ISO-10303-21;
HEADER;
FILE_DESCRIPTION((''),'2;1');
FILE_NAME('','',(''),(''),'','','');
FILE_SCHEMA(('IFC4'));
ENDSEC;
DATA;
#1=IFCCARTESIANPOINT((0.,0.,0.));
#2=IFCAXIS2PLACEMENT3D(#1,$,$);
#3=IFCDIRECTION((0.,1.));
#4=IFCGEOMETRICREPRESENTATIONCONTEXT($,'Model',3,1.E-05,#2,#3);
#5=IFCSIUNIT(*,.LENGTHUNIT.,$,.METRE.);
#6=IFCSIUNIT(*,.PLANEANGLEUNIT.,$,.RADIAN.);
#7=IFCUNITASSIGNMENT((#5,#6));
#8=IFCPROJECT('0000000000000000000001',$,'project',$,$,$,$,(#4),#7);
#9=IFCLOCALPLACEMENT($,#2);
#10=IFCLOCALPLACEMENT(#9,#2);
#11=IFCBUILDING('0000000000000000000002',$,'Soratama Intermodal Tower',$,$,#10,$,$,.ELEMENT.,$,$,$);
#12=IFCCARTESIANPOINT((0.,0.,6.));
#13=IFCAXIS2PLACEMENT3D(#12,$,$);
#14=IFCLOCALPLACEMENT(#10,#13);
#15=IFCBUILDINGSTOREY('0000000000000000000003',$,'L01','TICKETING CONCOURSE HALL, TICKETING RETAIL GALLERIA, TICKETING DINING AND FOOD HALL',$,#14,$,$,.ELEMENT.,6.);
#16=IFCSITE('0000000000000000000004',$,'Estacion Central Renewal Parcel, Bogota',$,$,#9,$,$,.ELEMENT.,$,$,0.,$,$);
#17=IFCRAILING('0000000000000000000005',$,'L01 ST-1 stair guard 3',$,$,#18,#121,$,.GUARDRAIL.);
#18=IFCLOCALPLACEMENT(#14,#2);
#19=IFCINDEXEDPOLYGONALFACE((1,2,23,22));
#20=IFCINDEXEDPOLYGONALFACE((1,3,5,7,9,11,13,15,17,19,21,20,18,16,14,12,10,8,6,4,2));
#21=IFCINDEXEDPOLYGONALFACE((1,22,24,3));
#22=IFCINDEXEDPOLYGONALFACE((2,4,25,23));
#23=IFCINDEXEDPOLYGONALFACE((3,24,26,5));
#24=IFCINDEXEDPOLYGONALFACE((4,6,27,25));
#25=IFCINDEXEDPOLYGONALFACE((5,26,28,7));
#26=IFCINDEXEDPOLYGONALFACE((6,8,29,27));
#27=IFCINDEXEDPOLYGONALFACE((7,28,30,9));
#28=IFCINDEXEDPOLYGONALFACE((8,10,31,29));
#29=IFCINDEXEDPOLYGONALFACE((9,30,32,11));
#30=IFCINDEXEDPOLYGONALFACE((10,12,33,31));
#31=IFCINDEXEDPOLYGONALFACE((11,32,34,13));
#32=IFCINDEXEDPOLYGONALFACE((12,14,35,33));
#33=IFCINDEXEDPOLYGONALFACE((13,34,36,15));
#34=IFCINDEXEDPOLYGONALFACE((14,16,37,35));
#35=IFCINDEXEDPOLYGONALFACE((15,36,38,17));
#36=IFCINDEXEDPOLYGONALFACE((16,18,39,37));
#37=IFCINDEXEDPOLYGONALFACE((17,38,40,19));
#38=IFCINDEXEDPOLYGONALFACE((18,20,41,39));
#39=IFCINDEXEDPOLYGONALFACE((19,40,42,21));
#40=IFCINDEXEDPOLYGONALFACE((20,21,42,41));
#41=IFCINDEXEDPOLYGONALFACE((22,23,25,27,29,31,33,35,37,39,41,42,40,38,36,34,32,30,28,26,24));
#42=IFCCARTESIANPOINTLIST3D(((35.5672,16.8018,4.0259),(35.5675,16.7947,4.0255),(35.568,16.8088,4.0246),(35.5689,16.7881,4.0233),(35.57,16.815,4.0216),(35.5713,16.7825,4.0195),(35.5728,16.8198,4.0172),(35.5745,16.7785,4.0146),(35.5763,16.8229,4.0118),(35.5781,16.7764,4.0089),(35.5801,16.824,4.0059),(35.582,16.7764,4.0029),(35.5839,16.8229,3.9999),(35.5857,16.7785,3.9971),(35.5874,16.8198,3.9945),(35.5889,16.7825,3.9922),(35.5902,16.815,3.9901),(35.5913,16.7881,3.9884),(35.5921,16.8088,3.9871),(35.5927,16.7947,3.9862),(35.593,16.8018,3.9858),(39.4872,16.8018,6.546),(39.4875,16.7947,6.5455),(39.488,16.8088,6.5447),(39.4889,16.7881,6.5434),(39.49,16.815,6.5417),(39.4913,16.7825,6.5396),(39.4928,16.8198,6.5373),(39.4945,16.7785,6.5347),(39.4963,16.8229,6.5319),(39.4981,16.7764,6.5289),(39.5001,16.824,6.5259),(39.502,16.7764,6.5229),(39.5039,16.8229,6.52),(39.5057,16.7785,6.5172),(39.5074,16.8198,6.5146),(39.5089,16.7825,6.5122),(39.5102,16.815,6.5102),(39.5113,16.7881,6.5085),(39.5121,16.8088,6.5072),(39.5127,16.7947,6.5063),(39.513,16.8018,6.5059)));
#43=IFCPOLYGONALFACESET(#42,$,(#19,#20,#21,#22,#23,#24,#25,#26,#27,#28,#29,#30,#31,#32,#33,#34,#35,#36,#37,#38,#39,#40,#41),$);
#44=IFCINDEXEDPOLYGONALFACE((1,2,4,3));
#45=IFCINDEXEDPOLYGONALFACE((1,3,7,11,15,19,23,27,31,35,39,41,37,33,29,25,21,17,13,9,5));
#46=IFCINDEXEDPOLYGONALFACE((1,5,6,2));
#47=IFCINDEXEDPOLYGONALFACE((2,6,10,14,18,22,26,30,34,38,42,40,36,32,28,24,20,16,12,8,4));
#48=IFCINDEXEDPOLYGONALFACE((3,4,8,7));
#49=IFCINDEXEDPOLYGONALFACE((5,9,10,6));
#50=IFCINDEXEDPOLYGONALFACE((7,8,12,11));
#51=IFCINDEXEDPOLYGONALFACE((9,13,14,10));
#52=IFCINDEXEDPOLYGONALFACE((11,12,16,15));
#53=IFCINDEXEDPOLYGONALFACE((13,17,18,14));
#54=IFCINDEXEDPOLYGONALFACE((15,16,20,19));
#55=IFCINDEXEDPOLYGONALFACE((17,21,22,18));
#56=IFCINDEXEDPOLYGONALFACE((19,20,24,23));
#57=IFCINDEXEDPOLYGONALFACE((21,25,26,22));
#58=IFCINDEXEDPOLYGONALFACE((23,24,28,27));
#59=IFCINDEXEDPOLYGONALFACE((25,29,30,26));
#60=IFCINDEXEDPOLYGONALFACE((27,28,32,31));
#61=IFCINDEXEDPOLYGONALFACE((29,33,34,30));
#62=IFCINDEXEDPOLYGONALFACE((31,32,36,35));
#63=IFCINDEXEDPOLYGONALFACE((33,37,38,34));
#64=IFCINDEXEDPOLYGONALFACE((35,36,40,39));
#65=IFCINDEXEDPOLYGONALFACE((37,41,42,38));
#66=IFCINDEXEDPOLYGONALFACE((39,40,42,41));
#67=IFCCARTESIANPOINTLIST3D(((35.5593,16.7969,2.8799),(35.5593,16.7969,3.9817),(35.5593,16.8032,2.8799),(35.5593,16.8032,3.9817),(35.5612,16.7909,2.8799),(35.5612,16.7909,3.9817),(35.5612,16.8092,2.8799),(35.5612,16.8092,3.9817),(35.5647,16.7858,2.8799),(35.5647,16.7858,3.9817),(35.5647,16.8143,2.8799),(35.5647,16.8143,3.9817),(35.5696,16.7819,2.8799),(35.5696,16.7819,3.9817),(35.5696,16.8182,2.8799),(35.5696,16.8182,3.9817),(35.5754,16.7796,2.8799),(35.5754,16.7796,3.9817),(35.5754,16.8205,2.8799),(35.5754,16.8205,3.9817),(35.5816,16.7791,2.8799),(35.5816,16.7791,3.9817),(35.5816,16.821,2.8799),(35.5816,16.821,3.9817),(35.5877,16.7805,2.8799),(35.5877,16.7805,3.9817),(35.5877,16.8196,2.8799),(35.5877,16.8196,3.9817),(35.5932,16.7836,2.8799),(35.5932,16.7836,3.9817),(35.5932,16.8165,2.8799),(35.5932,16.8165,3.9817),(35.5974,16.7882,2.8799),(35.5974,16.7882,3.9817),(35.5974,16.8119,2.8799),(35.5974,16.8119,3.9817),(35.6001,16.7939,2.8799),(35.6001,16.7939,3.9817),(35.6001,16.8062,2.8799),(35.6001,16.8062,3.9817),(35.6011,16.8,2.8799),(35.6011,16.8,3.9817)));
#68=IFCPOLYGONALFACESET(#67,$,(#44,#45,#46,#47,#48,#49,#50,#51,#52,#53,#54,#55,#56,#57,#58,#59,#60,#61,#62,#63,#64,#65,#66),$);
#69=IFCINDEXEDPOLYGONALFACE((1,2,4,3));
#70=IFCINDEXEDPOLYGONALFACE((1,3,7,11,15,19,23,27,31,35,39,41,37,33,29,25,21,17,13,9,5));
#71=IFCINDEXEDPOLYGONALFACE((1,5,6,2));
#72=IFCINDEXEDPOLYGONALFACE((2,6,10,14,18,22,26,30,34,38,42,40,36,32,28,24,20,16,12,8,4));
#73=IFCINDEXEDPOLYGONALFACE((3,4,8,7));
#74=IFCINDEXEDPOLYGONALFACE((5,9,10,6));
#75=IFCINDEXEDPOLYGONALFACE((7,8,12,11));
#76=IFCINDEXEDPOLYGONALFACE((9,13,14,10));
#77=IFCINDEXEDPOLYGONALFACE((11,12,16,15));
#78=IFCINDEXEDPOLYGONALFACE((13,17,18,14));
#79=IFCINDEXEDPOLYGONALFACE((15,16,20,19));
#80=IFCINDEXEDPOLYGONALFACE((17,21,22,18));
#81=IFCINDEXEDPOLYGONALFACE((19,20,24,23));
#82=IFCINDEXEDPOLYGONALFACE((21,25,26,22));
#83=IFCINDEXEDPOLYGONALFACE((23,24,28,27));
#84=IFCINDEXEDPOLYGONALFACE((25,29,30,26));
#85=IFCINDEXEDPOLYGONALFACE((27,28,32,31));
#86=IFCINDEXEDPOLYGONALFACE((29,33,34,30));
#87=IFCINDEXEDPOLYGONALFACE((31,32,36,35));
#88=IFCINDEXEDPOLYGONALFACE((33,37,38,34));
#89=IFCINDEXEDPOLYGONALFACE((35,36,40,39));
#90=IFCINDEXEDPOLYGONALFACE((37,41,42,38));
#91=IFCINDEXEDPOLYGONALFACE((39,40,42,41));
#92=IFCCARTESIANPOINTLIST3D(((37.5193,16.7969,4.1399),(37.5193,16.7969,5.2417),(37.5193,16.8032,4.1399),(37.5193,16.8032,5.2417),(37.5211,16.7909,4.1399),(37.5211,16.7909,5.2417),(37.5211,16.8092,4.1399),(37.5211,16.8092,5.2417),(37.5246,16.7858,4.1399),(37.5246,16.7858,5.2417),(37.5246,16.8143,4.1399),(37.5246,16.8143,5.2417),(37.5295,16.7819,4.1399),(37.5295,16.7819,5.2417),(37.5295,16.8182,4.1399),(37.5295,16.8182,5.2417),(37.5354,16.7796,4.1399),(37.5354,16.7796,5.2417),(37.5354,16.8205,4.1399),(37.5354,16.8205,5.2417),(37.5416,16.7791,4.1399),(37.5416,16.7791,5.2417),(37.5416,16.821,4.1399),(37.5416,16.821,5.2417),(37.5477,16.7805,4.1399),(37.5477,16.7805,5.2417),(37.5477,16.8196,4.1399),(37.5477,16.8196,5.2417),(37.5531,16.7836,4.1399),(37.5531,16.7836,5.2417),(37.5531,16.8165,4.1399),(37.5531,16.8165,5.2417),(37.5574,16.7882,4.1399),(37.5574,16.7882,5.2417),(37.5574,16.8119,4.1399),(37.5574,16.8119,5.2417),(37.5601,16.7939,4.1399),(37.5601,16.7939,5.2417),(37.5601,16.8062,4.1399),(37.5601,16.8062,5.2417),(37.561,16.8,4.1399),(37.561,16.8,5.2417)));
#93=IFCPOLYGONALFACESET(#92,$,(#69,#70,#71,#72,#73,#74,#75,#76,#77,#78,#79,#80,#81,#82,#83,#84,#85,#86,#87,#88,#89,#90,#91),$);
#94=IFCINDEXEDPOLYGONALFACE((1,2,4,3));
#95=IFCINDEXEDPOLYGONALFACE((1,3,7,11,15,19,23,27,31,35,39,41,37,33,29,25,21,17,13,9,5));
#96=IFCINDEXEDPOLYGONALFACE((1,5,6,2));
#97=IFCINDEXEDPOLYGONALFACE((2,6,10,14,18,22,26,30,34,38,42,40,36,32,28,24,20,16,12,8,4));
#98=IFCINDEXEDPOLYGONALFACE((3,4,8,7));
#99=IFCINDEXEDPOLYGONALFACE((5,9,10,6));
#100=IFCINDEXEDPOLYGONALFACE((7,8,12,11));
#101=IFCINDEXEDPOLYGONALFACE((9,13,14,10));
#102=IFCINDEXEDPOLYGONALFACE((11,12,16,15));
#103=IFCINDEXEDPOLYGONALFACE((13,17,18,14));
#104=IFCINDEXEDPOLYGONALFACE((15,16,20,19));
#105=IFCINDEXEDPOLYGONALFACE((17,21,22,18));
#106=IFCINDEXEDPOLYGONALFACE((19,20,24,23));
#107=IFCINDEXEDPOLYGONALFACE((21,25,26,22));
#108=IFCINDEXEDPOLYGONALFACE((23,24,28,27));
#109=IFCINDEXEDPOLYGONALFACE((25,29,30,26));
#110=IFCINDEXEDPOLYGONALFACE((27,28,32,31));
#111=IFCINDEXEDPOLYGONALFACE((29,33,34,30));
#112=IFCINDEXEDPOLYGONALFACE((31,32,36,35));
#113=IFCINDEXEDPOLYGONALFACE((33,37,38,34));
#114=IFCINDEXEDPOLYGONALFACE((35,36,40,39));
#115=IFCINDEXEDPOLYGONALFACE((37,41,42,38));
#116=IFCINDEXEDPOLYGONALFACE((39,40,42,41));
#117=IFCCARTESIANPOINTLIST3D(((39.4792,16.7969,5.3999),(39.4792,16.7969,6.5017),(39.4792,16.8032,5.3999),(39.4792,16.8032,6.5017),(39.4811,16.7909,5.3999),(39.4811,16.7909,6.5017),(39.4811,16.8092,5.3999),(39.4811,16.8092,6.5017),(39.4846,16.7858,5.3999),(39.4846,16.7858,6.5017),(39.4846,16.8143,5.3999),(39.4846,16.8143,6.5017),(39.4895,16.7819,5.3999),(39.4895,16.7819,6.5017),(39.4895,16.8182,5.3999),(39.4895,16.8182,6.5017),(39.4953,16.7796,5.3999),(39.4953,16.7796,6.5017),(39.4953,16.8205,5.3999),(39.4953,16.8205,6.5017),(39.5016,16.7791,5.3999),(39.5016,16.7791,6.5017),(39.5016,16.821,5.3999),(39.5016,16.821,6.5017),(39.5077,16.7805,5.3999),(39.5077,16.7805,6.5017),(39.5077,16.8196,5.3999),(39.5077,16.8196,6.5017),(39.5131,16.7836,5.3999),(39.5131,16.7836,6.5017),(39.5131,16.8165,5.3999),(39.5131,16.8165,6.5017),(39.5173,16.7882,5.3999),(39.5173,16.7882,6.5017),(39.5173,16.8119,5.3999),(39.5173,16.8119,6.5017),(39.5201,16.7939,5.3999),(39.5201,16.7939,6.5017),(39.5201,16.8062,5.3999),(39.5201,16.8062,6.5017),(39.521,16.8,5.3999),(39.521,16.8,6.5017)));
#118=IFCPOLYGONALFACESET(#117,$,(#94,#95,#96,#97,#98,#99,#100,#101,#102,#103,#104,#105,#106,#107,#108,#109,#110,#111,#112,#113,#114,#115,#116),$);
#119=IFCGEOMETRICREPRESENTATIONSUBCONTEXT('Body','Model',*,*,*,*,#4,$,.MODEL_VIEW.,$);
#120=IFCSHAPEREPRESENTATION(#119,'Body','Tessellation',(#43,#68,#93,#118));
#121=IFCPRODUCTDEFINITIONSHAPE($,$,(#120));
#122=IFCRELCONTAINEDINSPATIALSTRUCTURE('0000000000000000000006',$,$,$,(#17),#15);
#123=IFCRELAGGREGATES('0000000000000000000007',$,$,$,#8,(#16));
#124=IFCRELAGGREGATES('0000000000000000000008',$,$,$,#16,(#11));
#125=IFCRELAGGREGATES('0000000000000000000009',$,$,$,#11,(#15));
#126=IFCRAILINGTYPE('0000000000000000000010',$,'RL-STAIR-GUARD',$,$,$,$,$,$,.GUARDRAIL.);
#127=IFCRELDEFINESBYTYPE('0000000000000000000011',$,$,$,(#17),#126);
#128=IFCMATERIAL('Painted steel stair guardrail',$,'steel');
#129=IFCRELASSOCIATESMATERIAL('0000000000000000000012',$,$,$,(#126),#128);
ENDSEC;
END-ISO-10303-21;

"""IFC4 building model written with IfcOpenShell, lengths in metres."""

from ifc_helpers import new_model, si_unit, direction, frame, origin, origin_2d, place, context, subcontext, project, spatial, circle, extrude, material, type_object, element, save


model = new_model("IFC4")

# Units and contexts
model_context = context("Model", 3, precision=1e-05, world=origin(), true_north=direction((0.0, 1.0)))
body_context = subcontext(model_context, "Body", "Model", "MODEL_VIEW")
ifc_project = project(units=[si_unit("LENGTHUNIT", "METRE"), si_unit("PLANEANGLEUNIT", "RADIAN")], contexts=[model_context])

# Site, building, storey
site_placement = place(None, origin())
site = spatial("IfcSite", under=ifc_project, at=site_placement, Name="Estacion Central Renewal Parcel, Bogota", CompositionType="ELEMENT", RefElevation=0.0)
building_placement = place(site_placement, origin())
building = spatial("IfcBuilding", under=site, at=building_placement, Name="Soratama Intermodal Tower", CompositionType="ELEMENT")
storey_placement = place(building_placement, frame((0.0, 0.0, 6.0)))
storey = spatial("IfcBuildingStorey", under=building, at=storey_placement, Name="L01", Description="TICKETING CONCOURSE HALL, TICKETING RETAIL GALLERIA, TICKETING DINING AND FOOD HALL", CompositionType="ELEMENT", Elevation=6.0)

# Railing
ifc_material_1 = material(Name="Painted steel stair guardrail", Category="steel")
railing_type_1 = type_object("IfcRailingType", Name="RL-STAIR-GUARD", PredefinedType="GUARDRAIL", material=ifc_material_1)
railing_1_placement = place(storey_placement, frame((35.5801, 16.8, 2.8799)))
element("IfcRailing", 1, at=railing_1_placement, inside=storey, type_object=railing_type_1, Name="L01 ST-1 stair guard 3", PredefinedType="GUARDRAIL", context=body_context, shape_type="SweptSolid", body=[
    extrude(circle(Radius=0.0239, at=origin_2d()), frame((0.0, 0.0, 1.126), z_axis=(0.841172, 0.0, 0.540768), x_axis=(0.0, 1.0, 0.0)), (0.0, 0.0, 1.0), 4.6602),
    extrude(circle(Radius=0.021, at=origin_2d()), origin(), (0.0, 0.0, 1.0), 1.1018),
    extrude(circle(Radius=0.021, at=origin_2d()), frame((1.96, 0.0, 1.26)), (0.0, 0.0, 1.0), 1.1018),
    extrude(circle(Radius=0.021, at=origin_2d()), frame((3.9199, 0.0, 2.52)), (0.0, 0.0, 1.0), 1.1018),
])

save(model, "model.ifc")
